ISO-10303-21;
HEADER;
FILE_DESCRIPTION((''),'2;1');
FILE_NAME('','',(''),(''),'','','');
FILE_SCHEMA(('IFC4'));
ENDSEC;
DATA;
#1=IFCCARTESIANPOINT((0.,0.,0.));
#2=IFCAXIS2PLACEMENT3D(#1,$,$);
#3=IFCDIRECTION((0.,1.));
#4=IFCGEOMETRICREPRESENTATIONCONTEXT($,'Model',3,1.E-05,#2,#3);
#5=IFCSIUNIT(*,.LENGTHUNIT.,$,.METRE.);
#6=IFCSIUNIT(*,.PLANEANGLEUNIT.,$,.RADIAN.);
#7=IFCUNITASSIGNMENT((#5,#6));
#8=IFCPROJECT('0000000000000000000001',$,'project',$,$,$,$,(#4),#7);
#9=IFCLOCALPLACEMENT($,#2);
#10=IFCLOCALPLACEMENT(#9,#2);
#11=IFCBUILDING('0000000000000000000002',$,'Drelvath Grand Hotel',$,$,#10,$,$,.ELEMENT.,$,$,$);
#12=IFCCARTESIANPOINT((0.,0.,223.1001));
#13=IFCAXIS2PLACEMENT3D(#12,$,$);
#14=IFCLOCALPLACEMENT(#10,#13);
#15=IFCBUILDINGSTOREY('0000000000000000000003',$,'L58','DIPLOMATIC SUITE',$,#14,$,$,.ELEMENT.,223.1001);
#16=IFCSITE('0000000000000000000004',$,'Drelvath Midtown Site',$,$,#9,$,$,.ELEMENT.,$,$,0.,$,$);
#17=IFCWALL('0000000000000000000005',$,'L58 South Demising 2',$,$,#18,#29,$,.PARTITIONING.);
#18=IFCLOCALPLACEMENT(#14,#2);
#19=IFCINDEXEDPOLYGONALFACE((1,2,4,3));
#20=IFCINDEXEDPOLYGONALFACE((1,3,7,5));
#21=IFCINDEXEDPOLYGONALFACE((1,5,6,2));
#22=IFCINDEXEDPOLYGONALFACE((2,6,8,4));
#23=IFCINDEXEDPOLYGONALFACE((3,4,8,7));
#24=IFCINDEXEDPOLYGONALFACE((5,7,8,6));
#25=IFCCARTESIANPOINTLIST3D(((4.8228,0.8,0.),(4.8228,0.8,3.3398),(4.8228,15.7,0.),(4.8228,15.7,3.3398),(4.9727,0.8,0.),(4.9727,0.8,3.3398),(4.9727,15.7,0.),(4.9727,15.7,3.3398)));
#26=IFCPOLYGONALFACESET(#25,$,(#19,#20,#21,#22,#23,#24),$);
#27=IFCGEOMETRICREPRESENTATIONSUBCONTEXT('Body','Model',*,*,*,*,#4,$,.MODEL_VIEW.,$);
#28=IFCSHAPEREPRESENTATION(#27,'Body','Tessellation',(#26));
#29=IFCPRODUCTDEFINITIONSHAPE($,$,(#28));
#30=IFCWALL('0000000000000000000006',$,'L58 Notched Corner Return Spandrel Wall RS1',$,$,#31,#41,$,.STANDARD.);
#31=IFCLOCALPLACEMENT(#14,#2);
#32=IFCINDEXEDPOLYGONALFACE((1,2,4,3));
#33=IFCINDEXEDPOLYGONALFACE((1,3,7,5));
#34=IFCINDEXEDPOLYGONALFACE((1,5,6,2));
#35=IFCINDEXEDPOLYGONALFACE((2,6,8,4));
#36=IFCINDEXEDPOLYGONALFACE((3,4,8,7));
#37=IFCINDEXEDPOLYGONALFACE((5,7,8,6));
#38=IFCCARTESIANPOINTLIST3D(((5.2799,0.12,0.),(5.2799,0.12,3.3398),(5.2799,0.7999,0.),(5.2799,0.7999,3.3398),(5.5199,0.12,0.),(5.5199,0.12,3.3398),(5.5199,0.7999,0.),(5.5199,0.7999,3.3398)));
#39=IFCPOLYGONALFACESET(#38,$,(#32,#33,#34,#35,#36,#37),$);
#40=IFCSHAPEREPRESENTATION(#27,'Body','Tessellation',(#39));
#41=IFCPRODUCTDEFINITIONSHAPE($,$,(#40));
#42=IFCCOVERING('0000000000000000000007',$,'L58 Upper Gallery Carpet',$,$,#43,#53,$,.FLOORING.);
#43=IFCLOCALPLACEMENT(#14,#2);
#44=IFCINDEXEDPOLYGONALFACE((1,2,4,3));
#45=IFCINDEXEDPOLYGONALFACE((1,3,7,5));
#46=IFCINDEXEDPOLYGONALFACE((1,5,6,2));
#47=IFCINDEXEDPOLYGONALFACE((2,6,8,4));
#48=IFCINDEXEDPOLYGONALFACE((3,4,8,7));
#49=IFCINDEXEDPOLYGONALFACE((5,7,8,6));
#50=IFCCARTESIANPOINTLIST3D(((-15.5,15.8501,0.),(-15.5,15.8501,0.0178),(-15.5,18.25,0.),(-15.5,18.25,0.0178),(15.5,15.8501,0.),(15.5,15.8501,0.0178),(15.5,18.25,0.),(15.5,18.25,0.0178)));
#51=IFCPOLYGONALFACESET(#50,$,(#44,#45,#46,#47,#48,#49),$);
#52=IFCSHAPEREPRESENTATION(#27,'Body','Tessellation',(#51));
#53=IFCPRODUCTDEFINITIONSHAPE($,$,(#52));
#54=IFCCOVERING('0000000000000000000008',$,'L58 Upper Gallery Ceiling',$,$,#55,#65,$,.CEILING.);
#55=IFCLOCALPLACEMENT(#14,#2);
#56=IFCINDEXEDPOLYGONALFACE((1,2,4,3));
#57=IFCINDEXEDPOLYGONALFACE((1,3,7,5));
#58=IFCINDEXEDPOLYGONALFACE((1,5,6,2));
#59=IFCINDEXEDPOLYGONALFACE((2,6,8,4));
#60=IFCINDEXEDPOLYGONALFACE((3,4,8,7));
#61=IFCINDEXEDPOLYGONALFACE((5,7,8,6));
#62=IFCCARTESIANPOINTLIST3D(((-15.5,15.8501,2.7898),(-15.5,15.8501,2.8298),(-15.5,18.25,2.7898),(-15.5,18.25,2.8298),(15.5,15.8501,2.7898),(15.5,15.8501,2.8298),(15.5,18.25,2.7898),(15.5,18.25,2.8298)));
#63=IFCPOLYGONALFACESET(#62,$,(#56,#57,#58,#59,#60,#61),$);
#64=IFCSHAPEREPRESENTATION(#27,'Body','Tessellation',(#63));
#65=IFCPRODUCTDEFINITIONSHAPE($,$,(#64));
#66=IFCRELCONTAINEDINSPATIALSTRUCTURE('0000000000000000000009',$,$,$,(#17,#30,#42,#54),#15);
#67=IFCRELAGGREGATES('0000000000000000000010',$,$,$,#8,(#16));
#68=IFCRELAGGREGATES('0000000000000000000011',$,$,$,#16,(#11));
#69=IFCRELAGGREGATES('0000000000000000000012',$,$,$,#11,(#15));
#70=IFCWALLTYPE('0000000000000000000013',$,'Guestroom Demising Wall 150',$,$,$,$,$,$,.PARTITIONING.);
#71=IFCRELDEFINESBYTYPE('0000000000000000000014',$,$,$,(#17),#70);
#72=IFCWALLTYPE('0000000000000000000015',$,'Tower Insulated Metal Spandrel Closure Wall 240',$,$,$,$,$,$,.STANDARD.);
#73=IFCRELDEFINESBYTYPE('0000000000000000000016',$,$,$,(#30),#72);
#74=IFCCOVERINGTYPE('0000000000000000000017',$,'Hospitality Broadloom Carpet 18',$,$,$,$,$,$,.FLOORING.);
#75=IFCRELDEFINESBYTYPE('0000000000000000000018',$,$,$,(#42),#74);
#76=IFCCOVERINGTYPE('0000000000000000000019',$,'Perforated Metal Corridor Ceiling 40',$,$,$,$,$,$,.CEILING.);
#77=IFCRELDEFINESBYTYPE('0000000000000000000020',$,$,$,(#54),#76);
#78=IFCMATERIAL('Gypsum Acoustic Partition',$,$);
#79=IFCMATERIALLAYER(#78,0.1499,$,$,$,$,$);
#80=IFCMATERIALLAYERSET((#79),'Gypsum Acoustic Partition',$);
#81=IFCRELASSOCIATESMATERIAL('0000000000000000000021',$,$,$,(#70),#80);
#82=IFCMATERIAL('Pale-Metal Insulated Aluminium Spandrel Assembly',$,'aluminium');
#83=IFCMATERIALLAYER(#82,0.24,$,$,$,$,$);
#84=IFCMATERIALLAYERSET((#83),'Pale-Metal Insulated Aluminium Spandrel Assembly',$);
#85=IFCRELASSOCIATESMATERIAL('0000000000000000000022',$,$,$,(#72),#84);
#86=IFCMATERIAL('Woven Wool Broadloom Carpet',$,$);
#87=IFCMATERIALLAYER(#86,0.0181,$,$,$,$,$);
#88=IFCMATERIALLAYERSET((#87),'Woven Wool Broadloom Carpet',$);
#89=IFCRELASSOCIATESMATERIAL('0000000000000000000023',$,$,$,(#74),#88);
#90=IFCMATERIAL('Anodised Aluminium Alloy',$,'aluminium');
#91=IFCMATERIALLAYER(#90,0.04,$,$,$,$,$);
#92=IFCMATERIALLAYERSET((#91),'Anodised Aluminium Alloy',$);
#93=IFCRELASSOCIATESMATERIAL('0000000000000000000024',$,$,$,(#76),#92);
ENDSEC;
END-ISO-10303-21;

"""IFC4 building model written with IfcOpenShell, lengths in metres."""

from ifc_helpers import new_model, si_unit, direction, frame, frame_2d, origin, place, context, subcontext, project, spatial, polyline, rectangle, outline, extrude, material, layer, layer_set, type_object, element, save


model = new_model("IFC4")

# Units and contexts
model_context = context("Model", 3, precision=1e-05, world=origin(), true_north=direction((0.0, 1.0)))
body_context = subcontext(model_context, "Body", "Model", "MODEL_VIEW")
ifc_project = project(units=[si_unit("LENGTHUNIT", "METRE"), si_unit("PLANEANGLEUNIT", "RADIAN")], contexts=[model_context])

# Site, building, storey
site_placement = place(None, origin())
site = spatial("IfcSite", under=ifc_project, at=site_placement, Name="Drelvath Midtown Site", CompositionType="ELEMENT", RefElevation=0.0)
building_placement = place(site_placement, origin())
building = spatial("IfcBuilding", under=site, at=building_placement, Name="Drelvath Grand Hotel", CompositionType="ELEMENT")
storey_placement = place(building_placement, frame((0.0, 0.0, 223.1001)))
storey = spatial("IfcBuildingStorey", under=building, at=storey_placement, Name="L58", Description="DIPLOMATIC SUITE", CompositionType="ELEMENT", Elevation=223.1001)

# Walls
ifc_material_1 = material(Name="Gypsum Acoustic Partition")
ifc_layer_1 = layer(ifc_material_1, 0.1499)
ifc_layer_set_1 = layer_set([ifc_layer_1], Name="Gypsum Acoustic Partition")
wall_type_1 = type_object("IfcWallType", Name="Guestroom Demising Wall 150", PredefinedType="PARTITIONING", material=ifc_layer_set_1)
wall_1_placement = place(storey_placement, frame((4.8977, 0.8, 0.0), z_axis=(0.0, 0.0, 1.0), x_axis=(0.0, 1.0, 0.0)))
element("IfcWall", 1, at=wall_1_placement, inside=storey, type_object=wall_type_1, Name="L58 South Demising 2", PredefinedType="PARTITIONING", context=body_context, shape_type="SweptSolid", body=[
    extrude(rectangle(XDim=14.8999, YDim=0.1499, at=frame_2d((7.45, 0.0))), origin(), (0.0, 0.0, 1.0), 3.3398),
])
ifc_material_2 = material(Name="Pale-Metal Insulated Aluminium Spandrel Assembly", Category="aluminium")
ifc_layer_2 = layer(ifc_material_2, 0.24)
ifc_layer_set_2 = layer_set([ifc_layer_2], Name="Pale-Metal Insulated Aluminium Spandrel Assembly")
wall_type_2 = type_object("IfcWallType", Name="Tower Insulated Metal Spandrel Closure Wall 240", PredefinedType="STANDARD", material=ifc_layer_set_2)
wall_2_placement = place(storey_placement, frame((5.3999, 0.1201, 0.0), z_axis=(0.0, 0.0, 1.0), x_axis=(0.0, 1.0, 0.0)))
element("IfcWall", 2, at=wall_2_placement, inside=storey, type_object=wall_type_2, Name="L58 Notched Corner Return Spandrel Wall RS1", PredefinedType="STANDARD", context=body_context, shape_type="SweptSolid", body=[
    extrude(rectangle(XDim=0.6799, YDim=0.24, at=frame_2d((0.3398, 0.0))), origin(), (0.0, 0.0, 1.0), 3.3398),
])

# Coverings
ifc_material_3 = material(Name="Woven Wool Broadloom Carpet")
ifc_layer_3 = layer(ifc_material_3, 0.0181)
ifc_layer_set_3 = layer_set([ifc_layer_3], Name="Woven Wool Broadloom Carpet")
covering_type_1 = type_object("IfcCoveringType", Name="Hospitality Broadloom Carpet 18", PredefinedType="FLOORING", material=ifc_layer_set_3)
covering_1_placement = place(storey_placement, origin())
element("IfcCovering", 3, at=covering_1_placement, inside=storey, type_object=covering_type_1, Name="L58 Upper Gallery Carpet", PredefinedType="FLOORING", context=body_context, shape_type="SweptSolid", body=[
    extrude(outline(polyline([(15.5, 15.8501), (15.5, 18.25), (-15.5, 18.25), (-15.5, 15.8501), (15.5, 15.8501)])), origin(), (0.0, 0.0, 1.0), 0.0178),
])
ifc_material_4 = material(Name="Anodised Aluminium Alloy", Category="aluminium")
ifc_layer_4 = layer(ifc_material_4, 0.04)
ifc_layer_set_4 = layer_set([ifc_layer_4], Name="Anodised Aluminium Alloy")
covering_type_2 = type_object("IfcCoveringType", Name="Perforated Metal Corridor Ceiling 40", PredefinedType="CEILING", material=ifc_layer_set_4)
covering_2_placement = place(storey_placement, frame((0.0, 0.0, 2.7898)))
element("IfcCovering", 4, at=covering_2_placement, inside=storey, type_object=covering_type_2, Name="L58 Upper Gallery Ceiling", PredefinedType="CEILING", context=body_context, shape_type="SweptSolid", body=[
    extrude(outline(polyline([(15.5, 15.8501), (15.5, 18.25), (-15.5, 18.25), (-15.5, 15.8501), (15.5, 15.8501)])), origin(), (0.0, 0.0, 1.0), 0.04),
])

save(model, "model.ifc")
